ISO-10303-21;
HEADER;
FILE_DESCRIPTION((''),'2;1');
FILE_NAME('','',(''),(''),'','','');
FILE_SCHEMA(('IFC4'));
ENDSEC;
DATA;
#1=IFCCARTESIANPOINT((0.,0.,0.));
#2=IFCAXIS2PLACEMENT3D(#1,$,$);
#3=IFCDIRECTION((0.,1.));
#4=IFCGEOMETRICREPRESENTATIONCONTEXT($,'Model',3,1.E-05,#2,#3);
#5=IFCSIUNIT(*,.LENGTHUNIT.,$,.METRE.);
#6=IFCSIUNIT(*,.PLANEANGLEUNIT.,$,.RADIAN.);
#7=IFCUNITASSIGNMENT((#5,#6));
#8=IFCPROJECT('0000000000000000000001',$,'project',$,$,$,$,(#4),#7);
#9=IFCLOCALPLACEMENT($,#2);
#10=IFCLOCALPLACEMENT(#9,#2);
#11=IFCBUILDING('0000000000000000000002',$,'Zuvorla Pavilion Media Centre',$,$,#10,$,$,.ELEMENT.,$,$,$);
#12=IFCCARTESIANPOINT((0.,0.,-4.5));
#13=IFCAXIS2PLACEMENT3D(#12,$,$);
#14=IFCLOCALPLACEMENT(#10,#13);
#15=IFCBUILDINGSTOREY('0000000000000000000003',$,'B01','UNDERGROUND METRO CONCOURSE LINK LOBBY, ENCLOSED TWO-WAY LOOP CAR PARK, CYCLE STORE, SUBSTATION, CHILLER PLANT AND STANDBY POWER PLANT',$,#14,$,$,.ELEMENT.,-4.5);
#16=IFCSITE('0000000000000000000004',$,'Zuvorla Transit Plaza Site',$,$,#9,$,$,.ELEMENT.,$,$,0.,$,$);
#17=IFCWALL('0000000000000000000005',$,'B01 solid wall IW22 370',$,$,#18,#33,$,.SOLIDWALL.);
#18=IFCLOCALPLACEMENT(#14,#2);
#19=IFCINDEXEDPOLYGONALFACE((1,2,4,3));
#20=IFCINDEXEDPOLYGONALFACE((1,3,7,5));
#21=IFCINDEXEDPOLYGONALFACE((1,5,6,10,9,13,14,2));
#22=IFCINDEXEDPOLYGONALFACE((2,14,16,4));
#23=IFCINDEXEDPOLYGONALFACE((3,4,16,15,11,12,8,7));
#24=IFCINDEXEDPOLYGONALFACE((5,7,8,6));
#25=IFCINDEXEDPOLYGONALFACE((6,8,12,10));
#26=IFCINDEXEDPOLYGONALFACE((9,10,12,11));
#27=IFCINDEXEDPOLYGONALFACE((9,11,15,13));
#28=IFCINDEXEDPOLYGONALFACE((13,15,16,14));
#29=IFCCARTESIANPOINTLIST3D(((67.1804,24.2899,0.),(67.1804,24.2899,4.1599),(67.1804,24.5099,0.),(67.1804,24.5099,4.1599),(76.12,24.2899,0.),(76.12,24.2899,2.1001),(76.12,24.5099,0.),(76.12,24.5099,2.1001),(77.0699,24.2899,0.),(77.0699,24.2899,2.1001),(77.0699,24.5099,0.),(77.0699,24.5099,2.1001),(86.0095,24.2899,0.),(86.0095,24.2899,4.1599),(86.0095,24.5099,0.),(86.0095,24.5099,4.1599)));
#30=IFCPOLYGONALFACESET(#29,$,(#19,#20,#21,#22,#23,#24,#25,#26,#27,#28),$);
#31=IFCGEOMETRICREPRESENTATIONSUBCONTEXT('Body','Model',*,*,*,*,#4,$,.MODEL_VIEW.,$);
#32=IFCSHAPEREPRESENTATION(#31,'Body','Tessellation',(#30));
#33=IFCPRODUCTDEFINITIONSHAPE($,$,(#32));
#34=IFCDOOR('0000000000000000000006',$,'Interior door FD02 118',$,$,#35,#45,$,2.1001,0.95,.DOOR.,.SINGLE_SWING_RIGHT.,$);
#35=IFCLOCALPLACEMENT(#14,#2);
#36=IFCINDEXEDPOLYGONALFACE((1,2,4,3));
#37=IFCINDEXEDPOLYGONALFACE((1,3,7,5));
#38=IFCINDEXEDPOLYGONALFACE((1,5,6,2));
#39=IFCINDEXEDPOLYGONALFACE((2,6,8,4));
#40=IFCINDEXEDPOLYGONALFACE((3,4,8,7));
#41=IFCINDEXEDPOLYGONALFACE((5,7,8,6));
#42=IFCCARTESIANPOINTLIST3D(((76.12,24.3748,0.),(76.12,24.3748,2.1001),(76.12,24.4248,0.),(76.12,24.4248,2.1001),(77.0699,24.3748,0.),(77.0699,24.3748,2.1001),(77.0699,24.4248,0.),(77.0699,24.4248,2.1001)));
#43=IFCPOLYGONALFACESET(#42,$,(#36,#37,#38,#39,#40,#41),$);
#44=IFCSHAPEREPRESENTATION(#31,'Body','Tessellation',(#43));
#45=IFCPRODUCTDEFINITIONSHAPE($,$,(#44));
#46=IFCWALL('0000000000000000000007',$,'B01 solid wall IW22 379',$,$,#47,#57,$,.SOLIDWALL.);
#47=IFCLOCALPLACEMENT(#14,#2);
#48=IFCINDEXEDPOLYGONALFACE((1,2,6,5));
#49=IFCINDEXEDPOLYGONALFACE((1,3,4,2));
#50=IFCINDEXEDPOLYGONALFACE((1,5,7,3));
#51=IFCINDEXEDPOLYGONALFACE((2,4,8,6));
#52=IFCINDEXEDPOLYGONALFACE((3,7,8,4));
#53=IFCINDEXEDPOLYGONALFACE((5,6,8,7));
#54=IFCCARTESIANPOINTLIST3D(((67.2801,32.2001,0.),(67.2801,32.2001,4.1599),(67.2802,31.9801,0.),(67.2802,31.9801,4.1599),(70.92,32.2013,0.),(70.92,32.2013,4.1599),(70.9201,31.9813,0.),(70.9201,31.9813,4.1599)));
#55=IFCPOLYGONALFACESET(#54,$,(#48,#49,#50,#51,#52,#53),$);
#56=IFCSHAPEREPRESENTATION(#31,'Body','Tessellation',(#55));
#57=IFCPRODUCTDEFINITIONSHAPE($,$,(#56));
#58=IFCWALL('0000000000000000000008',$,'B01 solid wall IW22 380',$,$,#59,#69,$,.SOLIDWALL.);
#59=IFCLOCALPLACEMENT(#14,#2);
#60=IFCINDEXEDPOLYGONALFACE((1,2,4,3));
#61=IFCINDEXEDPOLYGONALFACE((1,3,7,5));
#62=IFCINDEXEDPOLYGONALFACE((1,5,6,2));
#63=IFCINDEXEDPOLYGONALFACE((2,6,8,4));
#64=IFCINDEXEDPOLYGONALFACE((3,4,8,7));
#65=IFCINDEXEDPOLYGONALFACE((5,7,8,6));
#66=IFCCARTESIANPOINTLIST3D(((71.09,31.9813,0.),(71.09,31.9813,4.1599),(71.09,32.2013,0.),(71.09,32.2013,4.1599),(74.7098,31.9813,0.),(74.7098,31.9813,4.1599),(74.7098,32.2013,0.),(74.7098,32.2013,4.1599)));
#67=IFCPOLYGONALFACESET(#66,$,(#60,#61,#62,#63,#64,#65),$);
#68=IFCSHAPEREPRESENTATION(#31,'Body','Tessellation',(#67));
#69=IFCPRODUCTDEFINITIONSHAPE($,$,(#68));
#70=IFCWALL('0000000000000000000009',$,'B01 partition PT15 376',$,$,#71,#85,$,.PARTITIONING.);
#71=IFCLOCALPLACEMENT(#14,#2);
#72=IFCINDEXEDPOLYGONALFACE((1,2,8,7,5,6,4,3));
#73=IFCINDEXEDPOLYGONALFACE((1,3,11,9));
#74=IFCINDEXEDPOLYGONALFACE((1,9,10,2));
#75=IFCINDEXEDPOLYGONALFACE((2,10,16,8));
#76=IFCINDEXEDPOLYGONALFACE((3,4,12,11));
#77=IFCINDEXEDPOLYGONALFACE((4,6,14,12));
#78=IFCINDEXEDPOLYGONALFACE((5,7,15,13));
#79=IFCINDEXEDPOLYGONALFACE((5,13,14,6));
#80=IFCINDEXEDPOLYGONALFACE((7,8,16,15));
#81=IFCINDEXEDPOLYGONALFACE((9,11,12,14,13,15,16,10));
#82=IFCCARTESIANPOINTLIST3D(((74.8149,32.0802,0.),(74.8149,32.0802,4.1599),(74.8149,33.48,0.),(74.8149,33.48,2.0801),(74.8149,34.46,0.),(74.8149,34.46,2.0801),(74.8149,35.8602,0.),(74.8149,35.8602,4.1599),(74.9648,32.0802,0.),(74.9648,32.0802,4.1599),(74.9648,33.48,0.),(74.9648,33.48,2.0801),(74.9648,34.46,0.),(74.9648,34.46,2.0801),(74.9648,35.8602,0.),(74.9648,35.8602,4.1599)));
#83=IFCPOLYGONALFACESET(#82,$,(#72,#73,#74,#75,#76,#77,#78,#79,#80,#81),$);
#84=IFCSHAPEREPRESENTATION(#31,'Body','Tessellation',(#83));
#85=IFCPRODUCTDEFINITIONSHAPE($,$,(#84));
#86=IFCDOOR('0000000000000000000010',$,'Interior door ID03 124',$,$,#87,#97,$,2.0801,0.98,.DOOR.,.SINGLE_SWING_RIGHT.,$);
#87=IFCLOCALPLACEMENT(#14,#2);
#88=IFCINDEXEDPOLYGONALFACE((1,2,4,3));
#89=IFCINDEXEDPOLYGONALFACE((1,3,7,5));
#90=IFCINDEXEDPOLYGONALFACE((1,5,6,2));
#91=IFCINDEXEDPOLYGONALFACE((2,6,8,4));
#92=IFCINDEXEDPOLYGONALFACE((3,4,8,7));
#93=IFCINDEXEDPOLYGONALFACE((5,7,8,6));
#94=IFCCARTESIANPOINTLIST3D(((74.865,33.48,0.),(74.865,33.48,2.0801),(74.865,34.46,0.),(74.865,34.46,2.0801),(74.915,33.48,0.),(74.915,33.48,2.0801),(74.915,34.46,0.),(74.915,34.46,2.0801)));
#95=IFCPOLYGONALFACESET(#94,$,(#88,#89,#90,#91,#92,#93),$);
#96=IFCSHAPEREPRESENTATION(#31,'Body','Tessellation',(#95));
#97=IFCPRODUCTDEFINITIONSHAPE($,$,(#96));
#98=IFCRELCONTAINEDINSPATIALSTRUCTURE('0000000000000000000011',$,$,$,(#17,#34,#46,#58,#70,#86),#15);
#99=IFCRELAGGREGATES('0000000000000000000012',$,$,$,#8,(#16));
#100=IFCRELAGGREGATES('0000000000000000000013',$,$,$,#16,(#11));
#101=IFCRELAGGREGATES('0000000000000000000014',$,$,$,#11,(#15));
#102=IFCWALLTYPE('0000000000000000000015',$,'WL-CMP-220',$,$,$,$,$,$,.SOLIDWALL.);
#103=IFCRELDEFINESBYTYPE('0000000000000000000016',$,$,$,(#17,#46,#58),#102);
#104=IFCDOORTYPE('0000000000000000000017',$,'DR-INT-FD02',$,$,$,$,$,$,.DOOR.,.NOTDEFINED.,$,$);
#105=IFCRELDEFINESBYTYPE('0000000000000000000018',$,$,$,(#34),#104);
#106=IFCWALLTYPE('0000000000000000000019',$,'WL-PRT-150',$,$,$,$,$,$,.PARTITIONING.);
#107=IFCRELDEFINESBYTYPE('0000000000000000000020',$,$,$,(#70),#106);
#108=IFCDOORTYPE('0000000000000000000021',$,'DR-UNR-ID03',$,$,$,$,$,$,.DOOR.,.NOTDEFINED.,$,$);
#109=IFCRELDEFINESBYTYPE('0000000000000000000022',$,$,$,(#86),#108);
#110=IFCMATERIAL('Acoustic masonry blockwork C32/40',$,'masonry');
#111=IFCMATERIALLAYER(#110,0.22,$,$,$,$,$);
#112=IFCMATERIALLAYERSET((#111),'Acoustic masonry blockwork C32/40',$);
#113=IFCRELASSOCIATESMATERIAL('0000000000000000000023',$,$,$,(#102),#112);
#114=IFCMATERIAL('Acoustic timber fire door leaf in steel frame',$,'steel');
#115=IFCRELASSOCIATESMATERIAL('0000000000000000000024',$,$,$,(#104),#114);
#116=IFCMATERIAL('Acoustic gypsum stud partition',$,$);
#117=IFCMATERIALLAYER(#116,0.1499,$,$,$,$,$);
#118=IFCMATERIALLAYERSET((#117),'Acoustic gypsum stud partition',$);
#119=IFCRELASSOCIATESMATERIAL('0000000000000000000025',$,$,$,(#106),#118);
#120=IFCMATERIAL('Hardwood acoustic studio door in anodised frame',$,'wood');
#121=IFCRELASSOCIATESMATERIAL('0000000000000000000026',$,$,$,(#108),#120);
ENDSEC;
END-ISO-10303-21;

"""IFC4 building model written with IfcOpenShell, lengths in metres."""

from ifc_helpers import new_model, si_unit, direction, frame, frame_2d, origin, place, context, subcontext, project, spatial, rectangle, extrude, material, layer, layer_set, type_object, element, fill, save


model = new_model("IFC4")

# Units and contexts
model_context = context("Model", 3, precision=1e-05, world=origin(), true_north=direction((0.0, 1.0)))
body_context = subcontext(model_context, "Body", "Model", "MODEL_VIEW")
ifc_project = project(units=[si_unit("LENGTHUNIT", "METRE"), si_unit("PLANEANGLEUNIT", "RADIAN")], contexts=[model_context])

# Site, building, storey
site_placement = place(None, origin())
site = spatial("IfcSite", under=ifc_project, at=site_placement, Name="Zuvorla Transit Plaza Site", CompositionType="ELEMENT", RefElevation=0.0)
building_placement = place(site_placement, origin())
building = spatial("IfcBuilding", under=site, at=building_placement, Name="Zuvorla Pavilion Media Centre", CompositionType="ELEMENT")
storey_placement = place(building_placement, frame((0.0, 0.0, -4.5)))
storey = spatial("IfcBuildingStorey", under=building, at=storey_placement, Name="B01", Description="UNDERGROUND METRO CONCOURSE LINK LOBBY, ENCLOSED TWO-WAY LOOP CAR PARK, CYCLE STORE, SUBSTATION, CHILLER PLANT AND STANDBY POWER PLANT", CompositionType="ELEMENT", Elevation=-4.5)

# Wall, opening, door
ifc_material_1 = material(Name="Acoustic masonry blockwork C32/40", Category="masonry")
ifc_layer_1 = layer(ifc_material_1, 0.22)
ifc_layer_set_1 = layer_set([ifc_layer_1], Name="Acoustic masonry blockwork C32/40")
wall_type_1 = type_object("IfcWallType", Name="WL-CMP-220", PredefinedType="SOLIDWALL", material=ifc_layer_set_1)
wall_1_placement = place(storey_placement, frame((67.1804, 24.3999, 0.0), z_axis=(0.0, 0.0, 1.0), x_axis=(1.0, 0.0, 0.0)))
wall_1 = element("IfcWall", 1, at=wall_1_placement, inside=storey, type_object=wall_type_1, Name="B01 solid wall IW22 370", PredefinedType="SOLIDWALL", context=body_context, shape_type="SweptSolid", body=[
    extrude(rectangle(XDim=18.8291, YDim=0.22, at=frame_2d((9.4146, 0.0))), origin(), (0.0, 0.0, 1.0), 4.1599),
])
opening_1_placement = place(wall_1_placement, frame((8.9395, 0.0, 0.0)))
opening_1 = element("IfcOpeningElement", 2, at=opening_1_placement, cuts=wall_1, PredefinedType="OPENING", context=body_context, shape_type="SweptSolid", body=[
    extrude(rectangle(XDim=0.95, YDim=2.1001, at=frame_2d((0.4751, 1.05))), frame((0.0, 0.1199, 0.0), z_axis=(0.0, -1.0, 0.0), x_axis=(1.0, 0.0, 0.0)), (0.0, 0.0, 1.0), 0.24),
])
ifc_material_2 = material(Name="Acoustic timber fire door leaf in steel frame", Category="steel")
door_type_1 = type_object("IfcDoorType", Name="DR-INT-FD02", OperationType="NOTDEFINED", PredefinedType="DOOR", material=ifc_material_2)
door_1_placement = place(opening_1_placement, origin())
door_1 = element("IfcDoor", 3, at=door_1_placement, inside=storey, type_object=door_type_1, Name="Interior door FD02 118", OperationType="SINGLE_SWING_RIGHT", OverallHeight=2.1001, OverallWidth=0.95, PredefinedType="DOOR", context=body_context, shape_type="SweptSolid", body=[
    extrude(rectangle(XDim=0.95, YDim=2.1001, at=frame_2d((0.4751, 1.05))), frame((0.0, 0.0249, 0.0), z_axis=(0.0, -1.0, 0.0), x_axis=(1.0, 0.0, 0.0)), (0.0, 0.0, 1.0), 0.05),
])
fill(opening_1, door_1)

# Walls
wall_2_placement = place(storey_placement, frame((70.9199, 32.0913, 0.0), z_axis=(0.0, 0.0, 1.0), x_axis=(-1.0, -0.000335, 0.0)))
element("IfcWall", 4, at=wall_2_placement, inside=storey, type_object=wall_type_1, Name="B01 solid wall IW22 379", PredefinedType="SOLIDWALL", context=body_context, shape_type="SweptSolid", body=[
    extrude(rectangle(XDim=3.6399, YDim=0.22, at=frame_2d((1.8198, 0.0))), origin(), (0.0, 0.0, 1.0), 4.1599),
])
wall_3_placement = place(storey_placement, frame((74.71, 32.0913, 0.0), z_axis=(0.0, 0.0, 1.0), x_axis=(-1.0, 0.0, 0.0)))
element("IfcWall", 5, at=wall_3_placement, inside=storey, type_object=wall_type_1, Name="B01 solid wall IW22 380", PredefinedType="SOLIDWALL", context=body_context, shape_type="SweptSolid", body=[
    extrude(rectangle(XDim=3.6199, YDim=0.22, at=frame_2d((1.8101, 0.0))), origin(), (0.0, 0.0, 1.0), 4.1599),
])

# Wall, opening, door
ifc_material_3 = material(Name="Acoustic gypsum stud partition")
ifc_layer_2 = layer(ifc_material_3, 0.1499)
ifc_layer_set_2 = layer_set([ifc_layer_2], Name="Acoustic gypsum stud partition")
wall_type_2 = type_object("IfcWallType", Name="WL-PRT-150", PredefinedType="PARTITIONING", material=ifc_layer_set_2)
wall_4_placement = place(storey_placement, frame((74.8899, 32.0801, 0.0), z_axis=(0.0, 0.0, 1.0), x_axis=(0.0, 1.0, 0.0)))
wall_4 = element("IfcWall", 6, at=wall_4_placement, inside=storey, type_object=wall_type_2, Name="B01 partition PT15 376", PredefinedType="PARTITIONING", context=body_context, shape_type="SweptSolid", body=[
    extrude(rectangle(XDim=3.78, YDim=0.1499, at=frame_2d((1.8901, 0.0))), origin(), (0.0, 0.0, 1.0), 4.1599),
])
opening_2_placement = place(wall_4_placement, frame((1.3999, 0.0, 0.0)))
opening_2 = element("IfcOpeningElement", 7, at=opening_2_placement, cuts=wall_4, PredefinedType="OPENING", context=body_context, shape_type="SweptSolid", body=[
    extrude(rectangle(XDim=0.98, YDim=2.0801, at=frame_2d((0.49, 1.04))), frame((0.0, 0.085, 0.0), z_axis=(0.0, -1.0, 0.0), x_axis=(1.0, 0.0, 0.0)), (0.0, 0.0, 1.0), 0.1699),
])
ifc_material_4 = material(Name="Hardwood acoustic studio door in anodised frame", Category="wood")
door_type_2 = type_object("IfcDoorType", Name="DR-UNR-ID03", OperationType="NOTDEFINED", PredefinedType="DOOR", material=ifc_material_4)
door_2_placement = place(opening_2_placement, origin())
door_2 = element("IfcDoor", 8, at=door_2_placement, inside=storey, type_object=door_type_2, Name="Interior door ID03 124", OperationType="SINGLE_SWING_RIGHT", OverallHeight=2.0801, OverallWidth=0.98, PredefinedType="DOOR", context=body_context, shape_type="SweptSolid", body=[
    extrude(rectangle(XDim=0.98, YDim=2.0801, at=frame_2d((0.49, 1.04))), frame((0.0, 0.0249, 0.0), z_axis=(0.0, -1.0, 0.0), x_axis=(1.0, 0.0, 0.0)), (0.0, 0.0, 1.0), 0.05),
])
fill(opening_2, door_2)

save(model, "model.ifc")
